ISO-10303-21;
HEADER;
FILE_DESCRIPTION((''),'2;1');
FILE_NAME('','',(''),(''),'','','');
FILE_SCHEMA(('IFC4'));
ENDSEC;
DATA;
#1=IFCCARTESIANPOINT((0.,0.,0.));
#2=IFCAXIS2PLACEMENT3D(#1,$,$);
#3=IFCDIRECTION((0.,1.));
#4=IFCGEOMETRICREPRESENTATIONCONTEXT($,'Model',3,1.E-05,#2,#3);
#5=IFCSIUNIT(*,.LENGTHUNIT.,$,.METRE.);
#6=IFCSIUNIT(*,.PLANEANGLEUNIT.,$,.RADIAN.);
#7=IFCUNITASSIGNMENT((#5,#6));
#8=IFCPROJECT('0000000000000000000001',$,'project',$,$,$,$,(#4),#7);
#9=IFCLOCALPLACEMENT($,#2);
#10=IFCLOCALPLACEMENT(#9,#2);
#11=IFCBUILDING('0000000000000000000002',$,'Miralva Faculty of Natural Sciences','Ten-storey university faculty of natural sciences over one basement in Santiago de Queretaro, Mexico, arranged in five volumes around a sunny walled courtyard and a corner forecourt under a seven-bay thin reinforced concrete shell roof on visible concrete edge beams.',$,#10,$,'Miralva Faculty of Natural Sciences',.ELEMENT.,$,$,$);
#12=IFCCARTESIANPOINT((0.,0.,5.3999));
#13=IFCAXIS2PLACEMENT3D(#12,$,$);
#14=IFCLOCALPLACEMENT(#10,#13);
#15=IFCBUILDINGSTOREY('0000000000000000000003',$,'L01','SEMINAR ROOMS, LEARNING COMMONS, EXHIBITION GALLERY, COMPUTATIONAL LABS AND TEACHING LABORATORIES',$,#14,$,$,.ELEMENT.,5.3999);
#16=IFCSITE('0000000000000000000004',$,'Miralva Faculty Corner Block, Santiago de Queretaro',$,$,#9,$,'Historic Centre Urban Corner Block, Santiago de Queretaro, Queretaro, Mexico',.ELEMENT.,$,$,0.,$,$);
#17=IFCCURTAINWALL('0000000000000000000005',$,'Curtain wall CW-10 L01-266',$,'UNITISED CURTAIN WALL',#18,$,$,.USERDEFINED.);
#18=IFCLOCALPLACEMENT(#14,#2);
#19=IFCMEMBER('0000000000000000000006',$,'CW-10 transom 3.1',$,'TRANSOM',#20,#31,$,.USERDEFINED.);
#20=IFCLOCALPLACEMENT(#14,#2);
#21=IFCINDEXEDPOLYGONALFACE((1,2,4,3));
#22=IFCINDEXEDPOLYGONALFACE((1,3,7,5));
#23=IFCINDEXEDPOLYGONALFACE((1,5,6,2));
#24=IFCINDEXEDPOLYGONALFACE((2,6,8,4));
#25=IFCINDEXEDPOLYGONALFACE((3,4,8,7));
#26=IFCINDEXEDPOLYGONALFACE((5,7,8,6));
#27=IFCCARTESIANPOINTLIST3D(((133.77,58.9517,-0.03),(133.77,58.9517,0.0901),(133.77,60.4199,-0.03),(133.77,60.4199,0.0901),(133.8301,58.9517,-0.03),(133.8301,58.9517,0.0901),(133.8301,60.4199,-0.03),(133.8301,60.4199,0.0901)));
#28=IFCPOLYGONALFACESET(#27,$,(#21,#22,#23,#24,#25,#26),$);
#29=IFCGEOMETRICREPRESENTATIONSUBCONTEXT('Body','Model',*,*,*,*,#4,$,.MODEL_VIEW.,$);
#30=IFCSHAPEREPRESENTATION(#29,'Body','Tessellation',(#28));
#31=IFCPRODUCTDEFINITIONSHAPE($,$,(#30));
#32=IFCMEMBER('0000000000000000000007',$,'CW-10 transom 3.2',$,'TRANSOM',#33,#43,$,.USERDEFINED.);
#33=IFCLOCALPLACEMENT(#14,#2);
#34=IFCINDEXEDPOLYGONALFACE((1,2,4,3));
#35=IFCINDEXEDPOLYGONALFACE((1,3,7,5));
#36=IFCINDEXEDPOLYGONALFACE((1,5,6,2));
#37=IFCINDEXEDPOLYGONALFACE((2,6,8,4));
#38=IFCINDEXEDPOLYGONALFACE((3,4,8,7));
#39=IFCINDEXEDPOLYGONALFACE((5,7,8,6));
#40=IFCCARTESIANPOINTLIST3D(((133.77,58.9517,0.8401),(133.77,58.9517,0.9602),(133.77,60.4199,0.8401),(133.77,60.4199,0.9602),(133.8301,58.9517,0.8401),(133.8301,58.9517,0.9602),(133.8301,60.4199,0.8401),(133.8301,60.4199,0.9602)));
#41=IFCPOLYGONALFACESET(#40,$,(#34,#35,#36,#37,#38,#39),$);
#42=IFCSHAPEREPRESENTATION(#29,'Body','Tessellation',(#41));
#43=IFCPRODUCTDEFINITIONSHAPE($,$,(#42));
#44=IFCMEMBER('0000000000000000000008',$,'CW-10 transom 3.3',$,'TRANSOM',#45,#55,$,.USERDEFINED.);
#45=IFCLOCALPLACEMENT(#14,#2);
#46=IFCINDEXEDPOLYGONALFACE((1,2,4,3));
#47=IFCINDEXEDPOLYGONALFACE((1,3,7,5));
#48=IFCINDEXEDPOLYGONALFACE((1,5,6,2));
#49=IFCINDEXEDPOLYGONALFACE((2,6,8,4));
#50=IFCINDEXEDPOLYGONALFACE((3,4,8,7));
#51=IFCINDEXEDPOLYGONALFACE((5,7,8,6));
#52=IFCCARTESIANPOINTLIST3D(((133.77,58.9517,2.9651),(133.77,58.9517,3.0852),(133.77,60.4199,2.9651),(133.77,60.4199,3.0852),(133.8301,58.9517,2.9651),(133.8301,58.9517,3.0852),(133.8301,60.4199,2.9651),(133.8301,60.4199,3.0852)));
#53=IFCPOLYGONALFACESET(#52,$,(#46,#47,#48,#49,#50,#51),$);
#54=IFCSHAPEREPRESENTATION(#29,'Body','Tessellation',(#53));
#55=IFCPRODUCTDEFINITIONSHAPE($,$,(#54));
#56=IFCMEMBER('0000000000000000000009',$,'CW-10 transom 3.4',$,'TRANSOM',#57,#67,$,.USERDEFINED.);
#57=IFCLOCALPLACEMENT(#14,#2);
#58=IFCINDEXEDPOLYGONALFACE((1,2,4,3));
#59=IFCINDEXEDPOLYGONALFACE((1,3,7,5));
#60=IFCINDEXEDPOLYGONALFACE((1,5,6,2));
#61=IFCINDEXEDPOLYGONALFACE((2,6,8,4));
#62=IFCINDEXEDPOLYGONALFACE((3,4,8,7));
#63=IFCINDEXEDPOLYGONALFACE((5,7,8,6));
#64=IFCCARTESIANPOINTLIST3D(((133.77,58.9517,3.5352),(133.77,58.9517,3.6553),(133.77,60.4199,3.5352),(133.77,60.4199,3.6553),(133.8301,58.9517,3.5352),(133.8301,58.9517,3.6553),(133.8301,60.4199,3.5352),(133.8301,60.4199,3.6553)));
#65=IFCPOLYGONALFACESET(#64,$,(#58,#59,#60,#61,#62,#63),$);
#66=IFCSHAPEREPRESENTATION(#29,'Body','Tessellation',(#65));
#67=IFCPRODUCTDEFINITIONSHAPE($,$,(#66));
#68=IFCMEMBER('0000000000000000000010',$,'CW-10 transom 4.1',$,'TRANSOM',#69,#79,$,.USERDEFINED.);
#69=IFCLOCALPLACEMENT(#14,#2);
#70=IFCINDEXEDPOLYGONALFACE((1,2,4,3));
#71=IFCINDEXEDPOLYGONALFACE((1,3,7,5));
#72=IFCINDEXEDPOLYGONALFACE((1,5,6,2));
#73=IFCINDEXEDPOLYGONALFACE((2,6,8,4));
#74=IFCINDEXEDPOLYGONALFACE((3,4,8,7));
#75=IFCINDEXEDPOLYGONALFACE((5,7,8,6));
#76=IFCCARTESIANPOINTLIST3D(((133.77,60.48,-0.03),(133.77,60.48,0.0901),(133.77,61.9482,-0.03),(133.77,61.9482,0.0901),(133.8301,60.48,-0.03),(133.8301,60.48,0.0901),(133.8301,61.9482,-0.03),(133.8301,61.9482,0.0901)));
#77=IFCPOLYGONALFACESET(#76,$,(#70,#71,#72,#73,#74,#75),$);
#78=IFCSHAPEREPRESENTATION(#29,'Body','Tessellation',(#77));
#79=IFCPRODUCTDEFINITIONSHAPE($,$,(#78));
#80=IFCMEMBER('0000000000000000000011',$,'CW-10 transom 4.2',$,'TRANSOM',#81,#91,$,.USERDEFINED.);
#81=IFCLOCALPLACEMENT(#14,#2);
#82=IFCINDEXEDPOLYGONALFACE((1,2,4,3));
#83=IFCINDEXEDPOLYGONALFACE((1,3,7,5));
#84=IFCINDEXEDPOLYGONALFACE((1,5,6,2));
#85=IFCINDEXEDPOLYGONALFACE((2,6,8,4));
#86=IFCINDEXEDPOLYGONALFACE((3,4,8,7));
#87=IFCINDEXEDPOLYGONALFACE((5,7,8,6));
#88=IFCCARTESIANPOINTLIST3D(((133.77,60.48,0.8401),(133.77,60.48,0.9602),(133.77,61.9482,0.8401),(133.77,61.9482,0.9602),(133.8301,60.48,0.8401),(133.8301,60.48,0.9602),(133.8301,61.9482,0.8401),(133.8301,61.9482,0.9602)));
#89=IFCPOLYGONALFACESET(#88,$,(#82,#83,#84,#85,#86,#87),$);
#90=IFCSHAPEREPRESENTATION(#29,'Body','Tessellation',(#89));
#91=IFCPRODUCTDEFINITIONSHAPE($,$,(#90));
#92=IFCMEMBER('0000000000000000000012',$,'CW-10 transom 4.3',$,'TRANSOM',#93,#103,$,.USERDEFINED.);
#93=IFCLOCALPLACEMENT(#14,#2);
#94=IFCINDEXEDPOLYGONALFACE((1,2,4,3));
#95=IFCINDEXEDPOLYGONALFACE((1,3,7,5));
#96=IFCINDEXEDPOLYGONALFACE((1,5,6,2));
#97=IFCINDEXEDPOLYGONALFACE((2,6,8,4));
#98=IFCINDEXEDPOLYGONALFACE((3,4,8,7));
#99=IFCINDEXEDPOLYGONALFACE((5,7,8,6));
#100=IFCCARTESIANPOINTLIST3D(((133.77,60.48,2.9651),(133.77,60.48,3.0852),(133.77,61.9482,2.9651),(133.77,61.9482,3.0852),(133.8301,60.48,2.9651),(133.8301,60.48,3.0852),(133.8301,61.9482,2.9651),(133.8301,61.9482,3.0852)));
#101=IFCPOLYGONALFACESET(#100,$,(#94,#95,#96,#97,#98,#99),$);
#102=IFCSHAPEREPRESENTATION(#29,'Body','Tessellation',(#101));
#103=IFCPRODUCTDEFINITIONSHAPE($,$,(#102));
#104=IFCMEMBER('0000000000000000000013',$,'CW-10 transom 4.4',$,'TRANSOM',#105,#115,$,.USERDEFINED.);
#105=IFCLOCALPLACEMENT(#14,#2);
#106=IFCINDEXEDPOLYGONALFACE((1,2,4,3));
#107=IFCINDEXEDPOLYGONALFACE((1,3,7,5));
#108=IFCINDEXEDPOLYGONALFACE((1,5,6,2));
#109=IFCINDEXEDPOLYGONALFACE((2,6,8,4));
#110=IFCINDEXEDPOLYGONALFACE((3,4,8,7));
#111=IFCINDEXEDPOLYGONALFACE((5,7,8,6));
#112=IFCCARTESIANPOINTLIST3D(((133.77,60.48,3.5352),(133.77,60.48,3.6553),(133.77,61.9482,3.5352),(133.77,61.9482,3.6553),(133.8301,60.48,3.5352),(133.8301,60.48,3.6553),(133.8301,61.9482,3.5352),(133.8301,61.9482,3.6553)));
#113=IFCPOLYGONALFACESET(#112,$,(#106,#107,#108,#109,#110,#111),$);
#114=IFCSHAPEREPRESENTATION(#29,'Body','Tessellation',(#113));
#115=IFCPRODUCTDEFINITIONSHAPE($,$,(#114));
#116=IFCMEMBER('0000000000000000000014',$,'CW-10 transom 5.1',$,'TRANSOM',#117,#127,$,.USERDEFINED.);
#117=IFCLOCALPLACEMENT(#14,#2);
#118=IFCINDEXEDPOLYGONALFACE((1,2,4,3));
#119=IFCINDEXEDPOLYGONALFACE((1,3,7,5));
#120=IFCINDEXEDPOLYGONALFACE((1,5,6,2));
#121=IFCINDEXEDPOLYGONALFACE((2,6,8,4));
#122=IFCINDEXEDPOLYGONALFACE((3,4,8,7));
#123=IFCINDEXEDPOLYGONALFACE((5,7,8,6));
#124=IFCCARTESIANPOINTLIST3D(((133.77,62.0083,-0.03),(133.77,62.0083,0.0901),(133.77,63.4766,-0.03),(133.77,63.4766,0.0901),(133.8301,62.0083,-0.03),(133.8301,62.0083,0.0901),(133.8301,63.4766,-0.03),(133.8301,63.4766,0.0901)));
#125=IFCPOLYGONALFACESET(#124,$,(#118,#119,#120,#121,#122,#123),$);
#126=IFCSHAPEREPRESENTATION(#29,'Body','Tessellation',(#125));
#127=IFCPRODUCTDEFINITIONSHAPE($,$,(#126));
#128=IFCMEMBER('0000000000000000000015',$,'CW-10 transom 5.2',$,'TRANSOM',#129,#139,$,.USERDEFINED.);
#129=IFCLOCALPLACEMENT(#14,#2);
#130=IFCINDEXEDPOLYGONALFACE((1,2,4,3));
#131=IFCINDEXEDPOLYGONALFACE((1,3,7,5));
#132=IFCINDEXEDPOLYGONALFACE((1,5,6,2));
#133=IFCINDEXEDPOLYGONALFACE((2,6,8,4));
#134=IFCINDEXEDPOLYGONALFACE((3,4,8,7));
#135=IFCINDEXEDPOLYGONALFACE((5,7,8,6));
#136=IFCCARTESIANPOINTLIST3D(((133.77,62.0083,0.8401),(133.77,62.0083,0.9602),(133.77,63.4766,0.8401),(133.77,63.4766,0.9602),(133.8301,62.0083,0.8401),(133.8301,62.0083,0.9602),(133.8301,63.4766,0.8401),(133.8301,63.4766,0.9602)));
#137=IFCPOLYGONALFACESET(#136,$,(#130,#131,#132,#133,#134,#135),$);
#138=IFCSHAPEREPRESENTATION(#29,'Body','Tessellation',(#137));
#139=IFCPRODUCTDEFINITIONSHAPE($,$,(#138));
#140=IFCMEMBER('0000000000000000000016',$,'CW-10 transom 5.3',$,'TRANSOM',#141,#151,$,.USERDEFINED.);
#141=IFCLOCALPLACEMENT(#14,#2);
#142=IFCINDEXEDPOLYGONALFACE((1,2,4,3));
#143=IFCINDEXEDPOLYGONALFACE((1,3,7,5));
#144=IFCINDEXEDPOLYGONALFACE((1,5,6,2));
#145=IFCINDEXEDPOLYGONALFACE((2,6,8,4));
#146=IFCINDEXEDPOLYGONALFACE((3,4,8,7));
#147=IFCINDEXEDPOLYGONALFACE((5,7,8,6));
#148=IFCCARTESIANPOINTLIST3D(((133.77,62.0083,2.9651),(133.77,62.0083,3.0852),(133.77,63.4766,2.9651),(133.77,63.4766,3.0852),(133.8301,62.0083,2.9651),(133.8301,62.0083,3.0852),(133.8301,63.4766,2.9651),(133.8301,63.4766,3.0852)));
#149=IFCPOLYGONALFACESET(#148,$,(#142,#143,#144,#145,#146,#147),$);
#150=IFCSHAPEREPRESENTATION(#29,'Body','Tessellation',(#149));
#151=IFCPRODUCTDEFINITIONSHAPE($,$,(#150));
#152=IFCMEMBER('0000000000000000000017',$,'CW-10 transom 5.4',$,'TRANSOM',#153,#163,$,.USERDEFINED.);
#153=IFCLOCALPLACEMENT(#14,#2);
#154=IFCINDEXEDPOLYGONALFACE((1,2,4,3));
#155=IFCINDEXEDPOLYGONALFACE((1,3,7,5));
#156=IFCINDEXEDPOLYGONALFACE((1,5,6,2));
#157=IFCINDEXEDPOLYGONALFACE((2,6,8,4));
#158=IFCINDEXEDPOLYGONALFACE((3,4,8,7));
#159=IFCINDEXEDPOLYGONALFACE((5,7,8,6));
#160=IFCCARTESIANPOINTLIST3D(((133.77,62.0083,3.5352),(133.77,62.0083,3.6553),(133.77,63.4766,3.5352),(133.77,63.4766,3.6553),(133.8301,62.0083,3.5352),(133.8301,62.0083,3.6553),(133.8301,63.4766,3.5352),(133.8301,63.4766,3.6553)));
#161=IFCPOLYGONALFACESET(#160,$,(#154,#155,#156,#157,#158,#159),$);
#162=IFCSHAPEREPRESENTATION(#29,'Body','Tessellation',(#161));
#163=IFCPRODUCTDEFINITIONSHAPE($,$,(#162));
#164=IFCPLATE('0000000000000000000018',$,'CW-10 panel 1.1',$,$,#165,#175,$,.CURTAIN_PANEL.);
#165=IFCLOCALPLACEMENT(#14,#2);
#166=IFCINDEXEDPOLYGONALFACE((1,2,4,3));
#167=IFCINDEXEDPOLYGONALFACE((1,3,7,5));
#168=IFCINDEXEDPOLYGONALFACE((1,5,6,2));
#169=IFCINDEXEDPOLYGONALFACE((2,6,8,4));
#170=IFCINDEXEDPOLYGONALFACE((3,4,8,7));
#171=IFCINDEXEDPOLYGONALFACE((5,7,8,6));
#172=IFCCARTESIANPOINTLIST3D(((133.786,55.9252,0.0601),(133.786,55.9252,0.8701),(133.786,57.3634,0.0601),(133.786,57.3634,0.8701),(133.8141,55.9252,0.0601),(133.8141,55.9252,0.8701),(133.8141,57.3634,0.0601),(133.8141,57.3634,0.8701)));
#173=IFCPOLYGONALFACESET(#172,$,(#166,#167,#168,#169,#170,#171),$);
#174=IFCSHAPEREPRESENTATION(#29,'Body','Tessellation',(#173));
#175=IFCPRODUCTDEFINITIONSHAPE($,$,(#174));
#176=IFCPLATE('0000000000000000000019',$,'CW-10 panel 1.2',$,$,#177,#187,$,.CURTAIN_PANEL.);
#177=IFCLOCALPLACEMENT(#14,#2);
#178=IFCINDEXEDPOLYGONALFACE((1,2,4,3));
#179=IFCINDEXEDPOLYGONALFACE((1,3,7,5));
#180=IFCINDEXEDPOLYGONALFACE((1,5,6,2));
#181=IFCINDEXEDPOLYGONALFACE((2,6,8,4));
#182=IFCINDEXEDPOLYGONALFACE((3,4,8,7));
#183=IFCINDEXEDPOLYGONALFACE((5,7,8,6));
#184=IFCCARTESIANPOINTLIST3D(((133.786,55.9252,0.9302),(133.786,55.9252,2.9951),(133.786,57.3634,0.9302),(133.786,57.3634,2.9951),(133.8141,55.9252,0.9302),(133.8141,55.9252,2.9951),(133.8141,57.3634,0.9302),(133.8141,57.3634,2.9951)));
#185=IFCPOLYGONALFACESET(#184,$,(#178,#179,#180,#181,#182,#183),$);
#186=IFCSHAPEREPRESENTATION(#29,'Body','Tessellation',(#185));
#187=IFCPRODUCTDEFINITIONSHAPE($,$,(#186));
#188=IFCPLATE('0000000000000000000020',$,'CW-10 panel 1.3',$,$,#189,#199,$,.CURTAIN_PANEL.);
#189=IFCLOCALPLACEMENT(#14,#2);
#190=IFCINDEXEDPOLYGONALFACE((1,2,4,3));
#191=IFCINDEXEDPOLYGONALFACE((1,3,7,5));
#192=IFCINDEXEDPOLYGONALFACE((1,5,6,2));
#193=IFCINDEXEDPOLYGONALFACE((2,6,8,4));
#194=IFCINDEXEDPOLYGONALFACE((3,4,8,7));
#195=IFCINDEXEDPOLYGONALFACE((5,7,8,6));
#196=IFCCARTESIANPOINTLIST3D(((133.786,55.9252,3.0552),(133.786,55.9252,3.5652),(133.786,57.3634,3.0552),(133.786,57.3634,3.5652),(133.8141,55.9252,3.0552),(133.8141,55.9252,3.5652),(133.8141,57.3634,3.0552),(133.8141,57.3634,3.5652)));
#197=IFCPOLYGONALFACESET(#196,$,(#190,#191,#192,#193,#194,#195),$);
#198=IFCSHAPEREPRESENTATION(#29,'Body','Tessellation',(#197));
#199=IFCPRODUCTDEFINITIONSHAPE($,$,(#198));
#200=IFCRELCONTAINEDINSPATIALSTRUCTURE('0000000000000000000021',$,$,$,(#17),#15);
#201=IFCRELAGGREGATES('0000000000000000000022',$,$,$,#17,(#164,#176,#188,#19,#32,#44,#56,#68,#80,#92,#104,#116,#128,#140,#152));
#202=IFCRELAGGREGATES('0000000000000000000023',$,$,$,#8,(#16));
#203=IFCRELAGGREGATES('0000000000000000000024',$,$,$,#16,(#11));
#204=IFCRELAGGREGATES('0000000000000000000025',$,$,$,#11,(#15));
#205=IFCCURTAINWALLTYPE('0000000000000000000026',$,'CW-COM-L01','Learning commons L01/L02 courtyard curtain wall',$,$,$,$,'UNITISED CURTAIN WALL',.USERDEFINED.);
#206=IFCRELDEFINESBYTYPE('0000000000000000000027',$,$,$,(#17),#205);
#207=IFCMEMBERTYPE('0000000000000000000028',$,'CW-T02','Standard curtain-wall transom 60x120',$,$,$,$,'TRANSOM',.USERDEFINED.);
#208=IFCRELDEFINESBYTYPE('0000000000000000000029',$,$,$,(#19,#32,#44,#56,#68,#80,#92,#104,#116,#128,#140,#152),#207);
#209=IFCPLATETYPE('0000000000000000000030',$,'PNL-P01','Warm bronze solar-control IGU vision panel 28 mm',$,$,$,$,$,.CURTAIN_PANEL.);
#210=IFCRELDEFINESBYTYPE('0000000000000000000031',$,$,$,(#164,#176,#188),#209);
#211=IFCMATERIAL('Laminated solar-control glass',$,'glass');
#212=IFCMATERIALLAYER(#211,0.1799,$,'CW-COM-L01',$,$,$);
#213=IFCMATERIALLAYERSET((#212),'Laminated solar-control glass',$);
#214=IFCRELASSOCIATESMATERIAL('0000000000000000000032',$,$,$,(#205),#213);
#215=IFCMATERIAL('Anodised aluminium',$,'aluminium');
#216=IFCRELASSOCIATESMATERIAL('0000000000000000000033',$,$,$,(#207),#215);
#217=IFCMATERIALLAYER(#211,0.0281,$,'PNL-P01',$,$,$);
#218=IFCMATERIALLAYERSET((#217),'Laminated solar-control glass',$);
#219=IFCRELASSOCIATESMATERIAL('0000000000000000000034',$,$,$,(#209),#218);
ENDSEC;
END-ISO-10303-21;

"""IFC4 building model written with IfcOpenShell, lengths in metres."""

from ifc_helpers import new_model, si_unit, direction, frame, origin, origin_2d, place, context, subcontext, project, spatial, rectangle, extrude, material, layer, layer_set, material_profile, profile_set, type_object, element, aggregate, save


model = new_model("IFC4")

# Units and contexts
model_context = context("Model", 3, precision=1e-05, world=origin(), true_north=direction((0.0, 1.0)))
body_context = subcontext(model_context, "Body", "Model", "MODEL_VIEW")
ifc_project = project(units=[si_unit("LENGTHUNIT", "METRE"), si_unit("PLANEANGLEUNIT", "RADIAN")], contexts=[model_context])

# Site, building, storey
site_placement = place(None, origin())
site = spatial("IfcSite", under=ifc_project, at=site_placement, Name="Miralva Faculty Corner Block, Santiago de Queretaro", LongName="Historic Centre Urban Corner Block, Santiago de Queretaro, Queretaro, Mexico", CompositionType="ELEMENT", RefElevation=0.0)
building_placement = place(site_placement, origin())
building = spatial("IfcBuilding", under=site, at=building_placement, Name="Miralva Faculty of Natural Sciences", Description="Ten-storey university faculty of natural sciences over one basement in Santiago de Queretaro, Mexico, arranged in five volumes around a sunny walled courtyard and a corner forecourt under a seven-bay thin reinforced concrete shell roof on visible concrete edge beams.", LongName="Miralva Faculty of Natural Sciences", CompositionType="ELEMENT")
storey_placement = place(building_placement, frame((0.0, 0.0, 5.3999)))
storey = spatial("IfcBuildingStorey", under=building, at=storey_placement, Name="L01", Description="SEMINAR ROOMS, LEARNING COMMONS, EXHIBITION GALLERY, COMPUTATIONAL LABS AND TEACHING LABORATORIES", CompositionType="ELEMENT", Elevation=5.3999)

# Curtain wall, members, plates
ifc_material_1 = material(Name="Laminated solar-control glass", Category="glass")
ifc_layer_1 = layer(ifc_material_1, 0.1799, Name="CW-COM-L01")
ifc_layer_set_1 = layer_set([ifc_layer_1], Name="Laminated solar-control glass")
curtain_wall_type = type_object("IfcCurtainWallType", Name="CW-COM-L01", Description="Learning commons L01/L02 courtyard curtain wall", ElementType="UNITISED CURTAIN WALL", PredefinedType="USERDEFINED", material=ifc_layer_set_1)
curtain_wall_placement = place(storey_placement, origin())
curtain_wall = element("IfcCurtainWall", 1, at=curtain_wall_placement, inside=storey, type_object=curtain_wall_type, Name="Curtain wall CW-10 L01-266", ObjectType="UNITISED CURTAIN WALL", PredefinedType="USERDEFINED")
ifc_material_2 = material(Name="Anodised aluminium", Category="aluminium")
ifc_material_profile_1 = material_profile(ifc_material_2, rectangle(XDim=0.0601, YDim=0.1201, at=origin_2d()), Name="TRANSOM 60x120")
ifc_profile_set_1 = profile_set([ifc_material_profile_1], Name="Anodised aluminium")
member_type_1 = type_object("IfcMemberType", Name="CW-T02", Description="Standard curtain-wall transom 60x120", ElementType="TRANSOM", PredefinedType="USERDEFINED", material=ifc_profile_set_1)
member_1_placement = place(storey_placement, frame((133.8, 58.9517, 0.03), z_axis=(0.0, 1.0, 0.0), x_axis=(-1.0, 0.0, 0.0)))
member_1 = element("IfcMember", 2, at=member_1_placement, type_object=member_type_1, Name="CW-10 transom 3.1", ObjectType="TRANSOM", PredefinedType="USERDEFINED", context=body_context, shape_type="SweptSolid", body=[
    extrude(rectangle(XDim=0.0601, YDim=0.1201, at=origin_2d()), origin(), (0.0, 0.0, 1.0), 1.4683),
])
member_2_placement = place(storey_placement, frame((133.8, 58.9517, 0.9001), z_axis=(0.0, 1.0, 0.0), x_axis=(-1.0, 0.0, 0.0)))
member_2 = element("IfcMember", 3, at=member_2_placement, type_object=member_type_1, Name="CW-10 transom 3.2", ObjectType="TRANSOM", PredefinedType="USERDEFINED", context=body_context, shape_type="SweptSolid", body=[
    extrude(rectangle(XDim=0.0601, YDim=0.1201, at=origin_2d()), origin(), (0.0, 0.0, 1.0), 1.4683),
])
member_3_placement = place(storey_placement, frame((133.8, 58.9517, 3.0251), z_axis=(0.0, 1.0, 0.0), x_axis=(-1.0, 0.0, 0.0)))
member_3 = element("IfcMember", 4, at=member_3_placement, type_object=member_type_1, Name="CW-10 transom 3.3", ObjectType="TRANSOM", PredefinedType="USERDEFINED", context=body_context, shape_type="SweptSolid", body=[
    extrude(rectangle(XDim=0.0601, YDim=0.1201, at=origin_2d()), origin(), (0.0, 0.0, 1.0), 1.4683),
])
member_4_placement = place(storey_placement, frame((133.8, 58.9517, 3.5952), z_axis=(0.0, 1.0, 0.0), x_axis=(-1.0, 0.0, 0.0)))
member_4 = element("IfcMember", 5, at=member_4_placement, type_object=member_type_1, Name="CW-10 transom 3.4", ObjectType="TRANSOM", PredefinedType="USERDEFINED", context=body_context, shape_type="SweptSolid", body=[
    extrude(rectangle(XDim=0.0601, YDim=0.1201, at=origin_2d()), origin(), (0.0, 0.0, 1.0), 1.4683),
])
member_5_placement = place(storey_placement, frame((133.8, 60.48, 0.03), z_axis=(0.0, 1.0, 0.0), x_axis=(-1.0, 0.0, 0.0)))
member_5 = element("IfcMember", 6, at=member_5_placement, type_object=member_type_1, Name="CW-10 transom 4.1", ObjectType="TRANSOM", PredefinedType="USERDEFINED", context=body_context, shape_type="SweptSolid", body=[
    extrude(rectangle(XDim=0.0601, YDim=0.1201, at=origin_2d()), origin(), (0.0, 0.0, 1.0), 1.4683),
])
member_6_placement = place(storey_placement, frame((133.8, 60.48, 0.9001), z_axis=(0.0, 1.0, 0.0), x_axis=(-1.0, 0.0, 0.0)))
member_6 = element("IfcMember", 7, at=member_6_placement, type_object=member_type_1, Name="CW-10 transom 4.2", ObjectType="TRANSOM", PredefinedType="USERDEFINED", context=body_context, shape_type="SweptSolid", body=[
    extrude(rectangle(XDim=0.0601, YDim=0.1201, at=origin_2d()), origin(), (0.0, 0.0, 1.0), 1.4683),
])
member_7_placement = place(storey_placement, frame((133.8, 60.48, 3.0251), z_axis=(0.0, 1.0, 0.0), x_axis=(-1.0, 0.0, 0.0)))
member_7 = element("IfcMember", 8, at=member_7_placement, type_object=member_type_1, Name="CW-10 transom 4.3", ObjectType="TRANSOM", PredefinedType="USERDEFINED", context=body_context, shape_type="SweptSolid", body=[
    extrude(rectangle(XDim=0.0601, YDim=0.1201, at=origin_2d()), origin(), (0.0, 0.0, 1.0), 1.4683),
])
member_8_placement = place(storey_placement, frame((133.8, 60.48, 3.5952), z_axis=(0.0, 1.0, 0.0), x_axis=(-1.0, 0.0, 0.0)))
member_8 = element("IfcMember", 9, at=member_8_placement, type_object=member_type_1, Name="CW-10 transom 4.4", ObjectType="TRANSOM", PredefinedType="USERDEFINED", context=body_context, shape_type="SweptSolid", body=[
    extrude(rectangle(XDim=0.0601, YDim=0.1201, at=origin_2d()), origin(), (0.0, 0.0, 1.0), 1.4683),
])
member_9_placement = place(storey_placement, frame((133.8, 62.0083, 0.03), z_axis=(0.0, 1.0, 0.0), x_axis=(-1.0, 0.0, 0.0)))
member_9 = element("IfcMember", 10, at=member_9_placement, type_object=member_type_1, Name="CW-10 transom 5.1", ObjectType="TRANSOM", PredefinedType="USERDEFINED", context=body_context, shape_type="SweptSolid", body=[
    extrude(rectangle(XDim=0.0601, YDim=0.1201, at=origin_2d()), origin(), (0.0, 0.0, 1.0), 1.4683),
])
member_10_placement = place(storey_placement, frame((133.8, 62.0083, 0.9001), z_axis=(0.0, 1.0, 0.0), x_axis=(-1.0, 0.0, 0.0)))
member_10 = element("IfcMember", 11, at=member_10_placement, type_object=member_type_1, Name="CW-10 transom 5.2", ObjectType="TRANSOM", PredefinedType="USERDEFINED", context=body_context, shape_type="SweptSolid", body=[
    extrude(rectangle(XDim=0.0601, YDim=0.1201, at=origin_2d()), origin(), (0.0, 0.0, 1.0), 1.4683),
])
member_11_placement = place(storey_placement, frame((133.8, 62.0083, 3.0251), z_axis=(0.0, 1.0, 0.0), x_axis=(-1.0, 0.0, 0.0)))
member_11 = element("IfcMember", 12, at=member_11_placement, type_object=member_type_1, Name="CW-10 transom 5.3", ObjectType="TRANSOM", PredefinedType="USERDEFINED", context=body_context, shape_type="SweptSolid", body=[
    extrude(rectangle(XDim=0.0601, YDim=0.1201, at=origin_2d()), origin(), (0.0, 0.0, 1.0), 1.4683),
])
member_12_placement = place(storey_placement, frame((133.8, 62.0083, 3.5952), z_axis=(0.0, 1.0, 0.0), x_axis=(-1.0, 0.0, 0.0)))
member_12 = element("IfcMember", 13, at=member_12_placement, type_object=member_type_1, Name="CW-10 transom 5.4", ObjectType="TRANSOM", PredefinedType="USERDEFINED", context=body_context, shape_type="SweptSolid", body=[
    extrude(rectangle(XDim=0.0601, YDim=0.1201, at=origin_2d()), origin(), (0.0, 0.0, 1.0), 1.4683),
])
ifc_layer_2 = layer(ifc_material_1, 0.0281, Name="PNL-P01")
ifc_layer_set_2 = layer_set([ifc_layer_2], Name="Laminated solar-control glass")
plate_type = type_object("IfcPlateType", Name="PNL-P01", Description="Warm bronze solar-control IGU vision panel 28 mm", PredefinedType="CURTAIN_PANEL", material=ifc_layer_set_2)
plate_1_placement = place(storey_placement, frame((133.8, 56.6443, 0.0601), z_axis=(0.0, 0.0, 1.0), x_axis=(0.0, 1.0, 0.0)))
plate_1 = element("IfcPlate", 14, at=plate_1_placement, type_object=plate_type, Name="CW-10 panel 1.1", PredefinedType="CURTAIN_PANEL", context=body_context, shape_type="SweptSolid", body=[
    extrude(rectangle(XDim=1.4382, YDim=0.0281, at=origin_2d()), origin(), (0.0, 0.0, 1.0), 0.8101),
])
plate_2_placement = place(storey_placement, frame((133.8, 56.6443, 0.9302), z_axis=(0.0, 0.0, 1.0), x_axis=(0.0, 1.0, 0.0)))
plate_2 = element("IfcPlate", 15, at=plate_2_placement, type_object=plate_type, Name="CW-10 panel 1.2", PredefinedType="CURTAIN_PANEL", context=body_context, shape_type="SweptSolid", body=[
    extrude(rectangle(XDim=1.4382, YDim=0.0281, at=origin_2d()), origin(), (0.0, 0.0, 1.0), 2.0649),
])
plate_3_placement = place(storey_placement, frame((133.8, 56.6443, 3.0552), z_axis=(0.0, 0.0, 1.0), x_axis=(0.0, 1.0, 0.0)))
plate_3 = element("IfcPlate", 16, at=plate_3_placement, type_object=plate_type, Name="CW-10 panel 1.3", PredefinedType="CURTAIN_PANEL", context=body_context, shape_type="SweptSolid", body=[
    extrude(rectangle(XDim=1.4382, YDim=0.0281, at=origin_2d()), origin(), (0.0, 0.0, 1.0), 0.51),
])
aggregate(curtain_wall, [plate_1, plate_2, plate_3, member_1, member_2, member_3, member_4, member_5, member_6, member_7, member_8, member_9, member_10, member_11, member_12])

save(model, "model.ifc")
